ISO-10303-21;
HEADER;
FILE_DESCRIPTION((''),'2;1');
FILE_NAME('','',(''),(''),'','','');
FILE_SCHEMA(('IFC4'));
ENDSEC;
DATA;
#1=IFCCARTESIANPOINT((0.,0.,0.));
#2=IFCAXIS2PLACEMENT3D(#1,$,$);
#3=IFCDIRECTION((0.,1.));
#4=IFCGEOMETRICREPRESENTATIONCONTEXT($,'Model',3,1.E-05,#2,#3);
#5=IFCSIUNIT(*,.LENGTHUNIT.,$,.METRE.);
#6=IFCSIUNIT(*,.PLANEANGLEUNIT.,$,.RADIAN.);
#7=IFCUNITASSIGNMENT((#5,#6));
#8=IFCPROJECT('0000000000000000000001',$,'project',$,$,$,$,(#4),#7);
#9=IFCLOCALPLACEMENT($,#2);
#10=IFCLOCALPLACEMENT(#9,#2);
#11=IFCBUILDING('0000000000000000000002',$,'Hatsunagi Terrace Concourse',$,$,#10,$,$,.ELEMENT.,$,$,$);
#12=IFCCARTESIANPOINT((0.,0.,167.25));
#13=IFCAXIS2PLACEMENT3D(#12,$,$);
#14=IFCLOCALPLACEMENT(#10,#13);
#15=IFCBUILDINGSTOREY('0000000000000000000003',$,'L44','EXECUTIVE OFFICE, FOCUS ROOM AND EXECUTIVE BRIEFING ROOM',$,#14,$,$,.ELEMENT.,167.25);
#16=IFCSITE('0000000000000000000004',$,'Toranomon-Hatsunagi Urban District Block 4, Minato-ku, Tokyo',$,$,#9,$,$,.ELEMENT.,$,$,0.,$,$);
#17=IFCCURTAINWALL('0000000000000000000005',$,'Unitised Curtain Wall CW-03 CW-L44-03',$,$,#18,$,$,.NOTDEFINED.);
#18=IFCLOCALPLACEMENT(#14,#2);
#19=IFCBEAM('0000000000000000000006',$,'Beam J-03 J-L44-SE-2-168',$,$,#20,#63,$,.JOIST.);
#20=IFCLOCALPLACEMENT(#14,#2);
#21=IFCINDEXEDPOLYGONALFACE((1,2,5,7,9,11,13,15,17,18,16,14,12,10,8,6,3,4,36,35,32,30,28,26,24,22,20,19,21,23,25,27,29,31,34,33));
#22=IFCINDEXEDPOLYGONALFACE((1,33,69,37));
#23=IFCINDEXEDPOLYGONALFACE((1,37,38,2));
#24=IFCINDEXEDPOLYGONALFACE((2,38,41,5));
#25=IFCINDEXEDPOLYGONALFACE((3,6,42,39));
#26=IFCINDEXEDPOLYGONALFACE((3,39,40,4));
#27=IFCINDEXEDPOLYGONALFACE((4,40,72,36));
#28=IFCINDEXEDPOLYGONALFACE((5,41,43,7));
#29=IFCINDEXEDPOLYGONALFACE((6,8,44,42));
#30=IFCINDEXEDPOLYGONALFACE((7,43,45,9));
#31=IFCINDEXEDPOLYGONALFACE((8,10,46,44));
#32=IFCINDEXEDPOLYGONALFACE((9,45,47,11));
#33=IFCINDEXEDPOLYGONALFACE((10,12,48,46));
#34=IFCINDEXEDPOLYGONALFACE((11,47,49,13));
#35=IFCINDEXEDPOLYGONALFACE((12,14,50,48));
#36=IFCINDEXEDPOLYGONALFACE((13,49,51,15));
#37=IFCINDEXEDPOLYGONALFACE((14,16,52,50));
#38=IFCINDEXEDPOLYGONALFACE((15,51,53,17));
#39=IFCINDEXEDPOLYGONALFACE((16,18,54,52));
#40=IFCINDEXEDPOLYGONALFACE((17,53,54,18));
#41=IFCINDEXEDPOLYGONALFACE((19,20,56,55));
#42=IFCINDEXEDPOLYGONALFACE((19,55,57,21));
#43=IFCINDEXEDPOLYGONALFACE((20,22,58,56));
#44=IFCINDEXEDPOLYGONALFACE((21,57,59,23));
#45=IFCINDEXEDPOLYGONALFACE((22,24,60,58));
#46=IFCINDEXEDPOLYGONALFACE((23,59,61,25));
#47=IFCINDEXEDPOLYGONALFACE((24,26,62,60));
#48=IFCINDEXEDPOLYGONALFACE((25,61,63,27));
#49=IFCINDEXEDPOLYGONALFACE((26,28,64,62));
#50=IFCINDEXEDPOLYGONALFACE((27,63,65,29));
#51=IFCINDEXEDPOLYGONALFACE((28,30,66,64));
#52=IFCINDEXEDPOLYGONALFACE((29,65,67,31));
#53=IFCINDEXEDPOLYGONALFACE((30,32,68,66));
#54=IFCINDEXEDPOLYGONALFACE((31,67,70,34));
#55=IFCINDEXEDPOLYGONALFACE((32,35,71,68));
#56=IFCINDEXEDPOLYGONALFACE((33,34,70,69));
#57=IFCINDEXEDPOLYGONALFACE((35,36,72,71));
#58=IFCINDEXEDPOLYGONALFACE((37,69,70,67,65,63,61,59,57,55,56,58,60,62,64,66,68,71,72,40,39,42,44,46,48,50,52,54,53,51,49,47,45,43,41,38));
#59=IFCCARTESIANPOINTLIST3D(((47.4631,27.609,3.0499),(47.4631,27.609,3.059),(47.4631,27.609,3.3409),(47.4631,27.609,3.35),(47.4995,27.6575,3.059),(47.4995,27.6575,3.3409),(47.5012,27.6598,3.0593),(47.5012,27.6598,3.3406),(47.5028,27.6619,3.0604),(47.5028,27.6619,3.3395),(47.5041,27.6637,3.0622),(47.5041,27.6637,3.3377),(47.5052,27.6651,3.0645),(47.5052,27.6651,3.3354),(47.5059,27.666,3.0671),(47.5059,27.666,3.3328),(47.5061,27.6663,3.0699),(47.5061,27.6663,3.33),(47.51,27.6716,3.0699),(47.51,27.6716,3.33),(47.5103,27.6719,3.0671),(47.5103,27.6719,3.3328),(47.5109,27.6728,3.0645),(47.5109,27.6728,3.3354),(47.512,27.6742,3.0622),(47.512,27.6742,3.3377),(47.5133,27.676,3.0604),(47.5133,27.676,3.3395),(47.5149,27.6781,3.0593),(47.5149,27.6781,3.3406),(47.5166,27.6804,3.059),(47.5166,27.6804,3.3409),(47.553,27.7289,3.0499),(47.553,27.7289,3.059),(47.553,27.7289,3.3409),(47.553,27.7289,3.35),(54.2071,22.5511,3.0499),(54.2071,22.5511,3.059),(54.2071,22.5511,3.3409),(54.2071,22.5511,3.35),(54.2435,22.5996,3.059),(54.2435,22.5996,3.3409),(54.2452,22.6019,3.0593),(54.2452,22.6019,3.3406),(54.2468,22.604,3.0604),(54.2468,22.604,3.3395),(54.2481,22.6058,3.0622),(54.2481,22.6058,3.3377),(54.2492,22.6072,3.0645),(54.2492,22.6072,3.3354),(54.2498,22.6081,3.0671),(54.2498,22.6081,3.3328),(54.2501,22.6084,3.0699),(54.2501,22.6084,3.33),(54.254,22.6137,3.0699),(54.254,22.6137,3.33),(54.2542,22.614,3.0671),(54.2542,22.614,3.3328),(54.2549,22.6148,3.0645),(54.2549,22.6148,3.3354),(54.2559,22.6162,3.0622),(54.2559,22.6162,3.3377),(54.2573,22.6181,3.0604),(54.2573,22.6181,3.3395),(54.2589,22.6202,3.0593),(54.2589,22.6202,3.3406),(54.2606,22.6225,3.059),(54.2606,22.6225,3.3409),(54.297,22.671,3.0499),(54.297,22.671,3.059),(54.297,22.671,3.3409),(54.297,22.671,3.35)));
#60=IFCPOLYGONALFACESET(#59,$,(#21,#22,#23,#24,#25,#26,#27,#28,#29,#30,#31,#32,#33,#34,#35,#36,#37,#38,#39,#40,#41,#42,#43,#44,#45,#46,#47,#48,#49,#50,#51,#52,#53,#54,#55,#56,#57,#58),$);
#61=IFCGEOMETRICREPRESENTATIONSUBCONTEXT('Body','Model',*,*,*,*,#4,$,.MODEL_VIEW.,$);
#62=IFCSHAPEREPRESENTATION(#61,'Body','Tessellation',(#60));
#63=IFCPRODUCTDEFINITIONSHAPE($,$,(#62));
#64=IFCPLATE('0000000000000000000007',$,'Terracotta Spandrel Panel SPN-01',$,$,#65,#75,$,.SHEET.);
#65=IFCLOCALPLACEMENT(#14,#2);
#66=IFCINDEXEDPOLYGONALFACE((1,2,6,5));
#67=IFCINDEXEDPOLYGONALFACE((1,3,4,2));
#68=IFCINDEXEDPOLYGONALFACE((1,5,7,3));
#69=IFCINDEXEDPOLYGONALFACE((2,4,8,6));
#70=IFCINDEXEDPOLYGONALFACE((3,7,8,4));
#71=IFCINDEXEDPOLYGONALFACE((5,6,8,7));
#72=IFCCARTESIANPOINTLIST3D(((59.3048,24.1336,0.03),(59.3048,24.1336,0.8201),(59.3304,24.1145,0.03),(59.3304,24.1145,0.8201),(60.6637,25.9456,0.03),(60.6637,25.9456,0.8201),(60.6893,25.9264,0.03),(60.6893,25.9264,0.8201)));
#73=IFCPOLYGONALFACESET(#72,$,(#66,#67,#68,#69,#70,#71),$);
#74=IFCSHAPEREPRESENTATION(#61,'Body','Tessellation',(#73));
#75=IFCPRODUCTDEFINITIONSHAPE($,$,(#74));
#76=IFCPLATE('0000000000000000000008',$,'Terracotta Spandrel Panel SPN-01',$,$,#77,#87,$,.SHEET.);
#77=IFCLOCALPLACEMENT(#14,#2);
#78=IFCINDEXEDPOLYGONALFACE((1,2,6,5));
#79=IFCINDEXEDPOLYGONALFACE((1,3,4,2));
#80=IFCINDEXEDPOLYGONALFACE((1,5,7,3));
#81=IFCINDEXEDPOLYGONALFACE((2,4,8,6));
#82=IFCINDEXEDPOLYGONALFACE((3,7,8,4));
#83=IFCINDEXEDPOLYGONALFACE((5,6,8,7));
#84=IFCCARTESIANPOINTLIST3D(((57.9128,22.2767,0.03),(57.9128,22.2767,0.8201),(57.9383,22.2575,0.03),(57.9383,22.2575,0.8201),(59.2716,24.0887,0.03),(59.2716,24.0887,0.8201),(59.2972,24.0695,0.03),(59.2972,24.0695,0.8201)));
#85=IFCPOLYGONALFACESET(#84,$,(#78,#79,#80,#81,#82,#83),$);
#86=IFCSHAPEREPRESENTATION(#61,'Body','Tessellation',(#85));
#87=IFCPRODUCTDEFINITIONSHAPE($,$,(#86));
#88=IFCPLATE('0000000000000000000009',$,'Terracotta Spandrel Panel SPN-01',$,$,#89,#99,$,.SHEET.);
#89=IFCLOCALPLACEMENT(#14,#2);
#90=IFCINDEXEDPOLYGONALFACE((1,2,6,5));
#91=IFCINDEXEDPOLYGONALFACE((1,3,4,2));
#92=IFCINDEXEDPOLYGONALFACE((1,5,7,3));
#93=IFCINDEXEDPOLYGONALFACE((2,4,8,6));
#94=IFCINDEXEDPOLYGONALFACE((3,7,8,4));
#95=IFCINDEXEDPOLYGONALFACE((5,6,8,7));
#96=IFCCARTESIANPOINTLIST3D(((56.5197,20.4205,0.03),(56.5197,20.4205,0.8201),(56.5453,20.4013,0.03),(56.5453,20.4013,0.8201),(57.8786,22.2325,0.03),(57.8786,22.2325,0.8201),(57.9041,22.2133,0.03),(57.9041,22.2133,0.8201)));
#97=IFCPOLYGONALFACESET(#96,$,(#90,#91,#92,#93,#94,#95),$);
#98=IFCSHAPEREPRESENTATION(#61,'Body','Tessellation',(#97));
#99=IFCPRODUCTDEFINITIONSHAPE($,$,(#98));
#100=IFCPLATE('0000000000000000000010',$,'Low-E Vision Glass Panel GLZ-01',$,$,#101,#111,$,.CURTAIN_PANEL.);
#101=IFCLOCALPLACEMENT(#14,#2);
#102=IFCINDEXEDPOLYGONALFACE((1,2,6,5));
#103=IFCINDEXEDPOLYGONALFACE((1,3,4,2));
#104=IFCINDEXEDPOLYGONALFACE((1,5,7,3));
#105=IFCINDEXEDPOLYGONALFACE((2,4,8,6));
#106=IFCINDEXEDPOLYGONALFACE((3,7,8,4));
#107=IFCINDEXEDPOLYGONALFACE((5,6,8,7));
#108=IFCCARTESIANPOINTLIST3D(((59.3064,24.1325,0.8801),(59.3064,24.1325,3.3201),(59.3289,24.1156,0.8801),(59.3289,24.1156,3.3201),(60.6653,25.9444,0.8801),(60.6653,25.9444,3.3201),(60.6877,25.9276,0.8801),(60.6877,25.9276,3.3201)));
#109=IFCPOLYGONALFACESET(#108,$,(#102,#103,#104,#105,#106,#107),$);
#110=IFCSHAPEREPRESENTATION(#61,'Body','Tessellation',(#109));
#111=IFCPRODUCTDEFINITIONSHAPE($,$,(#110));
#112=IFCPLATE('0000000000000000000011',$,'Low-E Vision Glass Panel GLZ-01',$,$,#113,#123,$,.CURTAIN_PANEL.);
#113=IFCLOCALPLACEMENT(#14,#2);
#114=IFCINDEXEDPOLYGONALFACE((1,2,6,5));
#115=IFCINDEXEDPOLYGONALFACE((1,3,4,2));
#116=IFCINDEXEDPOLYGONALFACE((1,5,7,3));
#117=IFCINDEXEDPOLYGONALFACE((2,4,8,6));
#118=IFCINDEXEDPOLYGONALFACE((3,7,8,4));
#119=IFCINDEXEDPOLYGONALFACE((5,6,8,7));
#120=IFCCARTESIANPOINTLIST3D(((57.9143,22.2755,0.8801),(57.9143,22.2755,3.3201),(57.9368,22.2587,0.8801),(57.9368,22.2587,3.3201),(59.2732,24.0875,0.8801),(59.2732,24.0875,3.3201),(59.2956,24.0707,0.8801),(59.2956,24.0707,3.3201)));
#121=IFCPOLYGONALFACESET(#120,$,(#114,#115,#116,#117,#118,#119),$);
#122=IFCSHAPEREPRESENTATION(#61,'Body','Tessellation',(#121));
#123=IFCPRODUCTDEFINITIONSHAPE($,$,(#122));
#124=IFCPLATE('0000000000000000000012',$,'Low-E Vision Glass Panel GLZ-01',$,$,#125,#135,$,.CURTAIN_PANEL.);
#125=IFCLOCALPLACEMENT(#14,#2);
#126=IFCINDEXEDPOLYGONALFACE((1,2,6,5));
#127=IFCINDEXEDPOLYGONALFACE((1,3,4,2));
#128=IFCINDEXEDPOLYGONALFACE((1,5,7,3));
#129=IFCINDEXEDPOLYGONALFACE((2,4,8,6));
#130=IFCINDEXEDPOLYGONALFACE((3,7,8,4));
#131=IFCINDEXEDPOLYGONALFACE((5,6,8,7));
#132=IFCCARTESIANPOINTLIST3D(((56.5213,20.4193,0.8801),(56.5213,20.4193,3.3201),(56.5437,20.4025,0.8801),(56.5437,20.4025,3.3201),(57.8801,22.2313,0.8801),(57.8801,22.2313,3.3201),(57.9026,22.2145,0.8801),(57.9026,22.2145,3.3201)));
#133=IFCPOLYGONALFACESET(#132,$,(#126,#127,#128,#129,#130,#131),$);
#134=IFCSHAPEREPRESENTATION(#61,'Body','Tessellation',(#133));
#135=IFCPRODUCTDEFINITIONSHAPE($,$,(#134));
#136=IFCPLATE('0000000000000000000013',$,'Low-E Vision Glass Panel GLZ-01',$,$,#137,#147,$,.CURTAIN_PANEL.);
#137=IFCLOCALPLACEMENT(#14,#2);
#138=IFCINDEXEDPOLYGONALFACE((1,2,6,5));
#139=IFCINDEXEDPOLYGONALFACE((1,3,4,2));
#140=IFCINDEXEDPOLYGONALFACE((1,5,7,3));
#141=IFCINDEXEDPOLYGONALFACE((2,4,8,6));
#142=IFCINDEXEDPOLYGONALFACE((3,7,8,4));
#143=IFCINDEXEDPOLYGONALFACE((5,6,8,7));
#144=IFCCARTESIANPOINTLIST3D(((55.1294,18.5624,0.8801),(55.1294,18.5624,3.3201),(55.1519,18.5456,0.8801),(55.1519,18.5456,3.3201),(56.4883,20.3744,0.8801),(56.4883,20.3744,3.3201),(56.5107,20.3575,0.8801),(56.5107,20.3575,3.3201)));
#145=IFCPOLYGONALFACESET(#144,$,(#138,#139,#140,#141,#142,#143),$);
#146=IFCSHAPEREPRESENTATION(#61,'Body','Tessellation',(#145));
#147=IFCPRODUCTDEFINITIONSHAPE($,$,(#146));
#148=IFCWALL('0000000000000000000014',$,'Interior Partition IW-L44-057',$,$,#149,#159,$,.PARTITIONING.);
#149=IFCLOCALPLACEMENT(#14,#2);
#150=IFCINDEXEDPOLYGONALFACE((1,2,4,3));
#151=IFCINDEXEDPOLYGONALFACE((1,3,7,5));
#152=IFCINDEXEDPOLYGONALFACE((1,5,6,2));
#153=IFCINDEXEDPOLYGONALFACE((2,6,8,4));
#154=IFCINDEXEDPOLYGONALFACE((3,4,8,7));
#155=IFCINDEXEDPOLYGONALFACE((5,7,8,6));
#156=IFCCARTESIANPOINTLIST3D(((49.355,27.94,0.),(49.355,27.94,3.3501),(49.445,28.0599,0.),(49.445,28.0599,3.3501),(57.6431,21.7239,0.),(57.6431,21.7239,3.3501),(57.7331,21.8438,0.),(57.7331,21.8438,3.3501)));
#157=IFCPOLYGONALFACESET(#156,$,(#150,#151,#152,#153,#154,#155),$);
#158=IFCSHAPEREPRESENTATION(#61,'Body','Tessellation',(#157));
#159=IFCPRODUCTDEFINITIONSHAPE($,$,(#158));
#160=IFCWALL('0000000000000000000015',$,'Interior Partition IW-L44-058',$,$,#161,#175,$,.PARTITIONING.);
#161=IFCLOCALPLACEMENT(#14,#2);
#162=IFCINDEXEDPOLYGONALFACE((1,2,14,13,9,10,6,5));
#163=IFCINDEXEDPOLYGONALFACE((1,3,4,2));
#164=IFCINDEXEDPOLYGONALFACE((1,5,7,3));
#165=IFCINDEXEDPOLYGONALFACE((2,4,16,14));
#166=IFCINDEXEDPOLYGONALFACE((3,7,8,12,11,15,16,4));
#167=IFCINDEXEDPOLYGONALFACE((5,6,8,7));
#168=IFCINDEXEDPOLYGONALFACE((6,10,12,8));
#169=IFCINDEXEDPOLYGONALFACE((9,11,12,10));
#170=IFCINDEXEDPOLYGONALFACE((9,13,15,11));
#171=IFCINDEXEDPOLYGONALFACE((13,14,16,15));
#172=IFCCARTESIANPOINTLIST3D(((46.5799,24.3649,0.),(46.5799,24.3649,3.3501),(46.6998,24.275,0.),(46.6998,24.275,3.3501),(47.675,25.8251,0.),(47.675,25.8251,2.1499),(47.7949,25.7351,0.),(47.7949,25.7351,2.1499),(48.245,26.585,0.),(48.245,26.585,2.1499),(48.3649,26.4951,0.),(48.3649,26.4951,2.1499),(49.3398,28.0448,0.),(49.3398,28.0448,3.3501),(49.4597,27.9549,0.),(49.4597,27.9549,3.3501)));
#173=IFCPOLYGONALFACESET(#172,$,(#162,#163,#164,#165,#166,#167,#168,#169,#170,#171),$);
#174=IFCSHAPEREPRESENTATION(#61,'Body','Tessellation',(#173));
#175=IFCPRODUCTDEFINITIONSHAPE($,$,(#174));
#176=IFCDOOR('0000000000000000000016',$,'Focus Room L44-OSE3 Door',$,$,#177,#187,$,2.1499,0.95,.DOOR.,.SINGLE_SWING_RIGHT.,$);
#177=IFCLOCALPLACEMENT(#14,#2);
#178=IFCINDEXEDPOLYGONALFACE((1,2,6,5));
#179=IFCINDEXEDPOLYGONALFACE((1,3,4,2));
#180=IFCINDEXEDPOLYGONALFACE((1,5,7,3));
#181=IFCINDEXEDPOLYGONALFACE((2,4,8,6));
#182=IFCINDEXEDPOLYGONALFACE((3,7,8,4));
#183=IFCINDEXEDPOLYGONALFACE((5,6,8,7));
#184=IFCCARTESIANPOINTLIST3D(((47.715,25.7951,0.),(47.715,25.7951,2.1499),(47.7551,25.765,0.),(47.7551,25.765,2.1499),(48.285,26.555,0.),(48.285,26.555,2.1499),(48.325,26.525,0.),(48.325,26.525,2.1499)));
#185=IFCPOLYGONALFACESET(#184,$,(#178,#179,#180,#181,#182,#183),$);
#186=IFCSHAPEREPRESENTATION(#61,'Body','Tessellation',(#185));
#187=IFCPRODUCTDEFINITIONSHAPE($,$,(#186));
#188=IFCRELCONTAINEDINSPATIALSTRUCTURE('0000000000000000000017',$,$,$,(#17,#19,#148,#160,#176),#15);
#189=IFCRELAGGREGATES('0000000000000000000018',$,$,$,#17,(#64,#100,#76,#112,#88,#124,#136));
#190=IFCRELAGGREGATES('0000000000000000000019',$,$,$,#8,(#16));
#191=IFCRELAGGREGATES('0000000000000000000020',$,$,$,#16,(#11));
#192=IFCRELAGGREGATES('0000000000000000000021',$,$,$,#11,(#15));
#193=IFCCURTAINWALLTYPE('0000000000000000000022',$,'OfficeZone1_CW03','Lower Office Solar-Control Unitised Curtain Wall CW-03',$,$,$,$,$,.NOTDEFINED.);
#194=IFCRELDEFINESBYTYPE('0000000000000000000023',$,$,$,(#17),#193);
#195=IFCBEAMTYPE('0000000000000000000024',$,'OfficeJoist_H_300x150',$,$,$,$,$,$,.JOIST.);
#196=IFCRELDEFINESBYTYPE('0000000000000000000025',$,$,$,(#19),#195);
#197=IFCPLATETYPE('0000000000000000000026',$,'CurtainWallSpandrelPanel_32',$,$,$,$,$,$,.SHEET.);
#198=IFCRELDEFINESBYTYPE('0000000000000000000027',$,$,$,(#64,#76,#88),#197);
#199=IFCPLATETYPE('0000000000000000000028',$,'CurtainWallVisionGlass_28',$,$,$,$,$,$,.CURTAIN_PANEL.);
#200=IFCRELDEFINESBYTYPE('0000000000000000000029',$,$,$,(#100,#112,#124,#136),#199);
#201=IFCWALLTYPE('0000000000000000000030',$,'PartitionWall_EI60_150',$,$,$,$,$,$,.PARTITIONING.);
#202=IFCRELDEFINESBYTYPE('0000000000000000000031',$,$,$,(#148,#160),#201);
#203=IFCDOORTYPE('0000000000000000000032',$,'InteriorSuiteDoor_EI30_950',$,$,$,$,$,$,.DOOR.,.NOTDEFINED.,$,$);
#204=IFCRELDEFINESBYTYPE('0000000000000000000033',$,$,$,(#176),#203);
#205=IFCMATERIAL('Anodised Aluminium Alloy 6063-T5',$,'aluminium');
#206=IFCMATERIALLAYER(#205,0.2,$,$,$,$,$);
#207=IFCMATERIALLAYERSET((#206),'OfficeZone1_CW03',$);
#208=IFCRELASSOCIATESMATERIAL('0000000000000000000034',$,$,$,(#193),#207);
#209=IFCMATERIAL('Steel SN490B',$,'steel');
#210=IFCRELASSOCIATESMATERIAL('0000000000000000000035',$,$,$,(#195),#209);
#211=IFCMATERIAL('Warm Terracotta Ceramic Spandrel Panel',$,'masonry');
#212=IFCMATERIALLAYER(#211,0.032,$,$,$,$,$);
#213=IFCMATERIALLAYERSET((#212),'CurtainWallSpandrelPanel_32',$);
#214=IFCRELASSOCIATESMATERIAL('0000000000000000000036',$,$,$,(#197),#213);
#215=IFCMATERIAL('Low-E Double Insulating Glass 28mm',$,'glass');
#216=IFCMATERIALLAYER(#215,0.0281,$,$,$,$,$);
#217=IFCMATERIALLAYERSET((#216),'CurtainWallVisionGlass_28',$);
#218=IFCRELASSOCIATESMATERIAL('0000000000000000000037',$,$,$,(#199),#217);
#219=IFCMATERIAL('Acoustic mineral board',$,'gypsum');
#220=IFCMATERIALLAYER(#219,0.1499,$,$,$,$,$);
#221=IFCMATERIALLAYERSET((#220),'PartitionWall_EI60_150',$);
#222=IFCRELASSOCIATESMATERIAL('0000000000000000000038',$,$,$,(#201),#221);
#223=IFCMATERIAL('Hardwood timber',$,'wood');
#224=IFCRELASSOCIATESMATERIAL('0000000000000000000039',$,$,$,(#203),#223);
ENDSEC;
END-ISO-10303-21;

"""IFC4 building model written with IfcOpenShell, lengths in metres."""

from ifc_helpers import new_model, si_unit, direction, frame, frame_2d, origin, origin_2d, place, context, subcontext, project, spatial, rectangle, i_section, extrude, material, layer, layer_set, material_profile, profile_set, type_object, element, fill, aggregate, save


model = new_model("IFC4")

# Units and contexts
model_context = context("Model", 3, precision=1e-05, world=origin(), true_north=direction((0.0, 1.0)))
body_context = subcontext(model_context, "Body", "Model", "MODEL_VIEW")
ifc_project = project(units=[si_unit("LENGTHUNIT", "METRE"), si_unit("PLANEANGLEUNIT", "RADIAN")], contexts=[model_context])

# Site, building, storey
site_placement = place(None, origin())
site = spatial("IfcSite", under=ifc_project, at=site_placement, Name="Toranomon-Hatsunagi Urban District Block 4, Minato-ku, Tokyo", CompositionType="ELEMENT", RefElevation=0.0)
building_placement = place(site_placement, origin())
building = spatial("IfcBuilding", under=site, at=building_placement, Name="Hatsunagi Terrace Concourse", CompositionType="ELEMENT")
storey_placement = place(building_placement, frame((0.0, 0.0, 167.25)))
storey = spatial("IfcBuildingStorey", under=building, at=storey_placement, Name="L44", Description="EXECUTIVE OFFICE, FOCUS ROOM AND EXECUTIVE BRIEFING ROOM", CompositionType="ELEMENT", Elevation=167.25)

# Curtain wall
ifc_material_1 = material(Name="Anodised Aluminium Alloy 6063-T5", Category="aluminium")
ifc_layer_1 = layer(ifc_material_1, 0.2)
ifc_layer_set_1 = layer_set([ifc_layer_1], Name="OfficeZone1_CW03")
curtain_wall_type = type_object("IfcCurtainWallType", Name="OfficeZone1_CW03", Description="Lower Office Solar-Control Unitised Curtain Wall CW-03", PredefinedType="NOTDEFINED", material=ifc_layer_set_1)
curtain_wall_placement = place(storey_placement, origin())
curtain_wall = element("IfcCurtainWall", 1, at=curtain_wall_placement, inside=storey, type_object=curtain_wall_type, Name="Unitised Curtain Wall CW-03 CW-L44-03", PredefinedType="NOTDEFINED")

# Beam
ifc_material_2 = material(Name="Steel SN490B", Category="steel")
ifc_material_profile_1 = material_profile(ifc_material_2, i_section(OverallWidth=0.1499, OverallDepth=0.3, WebThickness=0.0066, FlangeThickness=0.009, FilletRadius=0.011, at=origin_2d()), Name="H-300x150x6.5x9")
ifc_profile_set_1 = profile_set([ifc_material_profile_1], Name="Steel SN490B")
beam_type = type_object("IfcBeamType", Name="OfficeJoist_H_300x150", PredefinedType="JOIST", material=ifc_profile_set_1)
beam_placement = place(storey_placement, frame((47.5081, 27.6689, 3.2), z_axis=(0.800003, -0.599995, 0.0), x_axis=(0.599995, 0.800003, 0.0)))
element("IfcBeam", 2, at=beam_placement, inside=storey, type_object=beam_type, Name="Beam J-03 J-L44-SE-2-168", PredefinedType="JOIST", context=body_context, shape_type="SweptSolid", body=[
    extrude(i_section(OverallWidth=0.1499, OverallDepth=0.3, WebThickness=0.0066, FlangeThickness=0.009, FilletRadius=0.011, at=origin_2d()), origin(), (0.0, 0.0, 1.0), 8.4299),
])

# Plates
ifc_material_3 = material(Name="Warm Terracotta Ceramic Spandrel Panel", Category="masonry")
ifc_layer_2 = layer(ifc_material_3, 0.032)
ifc_layer_set_2 = layer_set([ifc_layer_2], Name="CurtainWallSpandrelPanel_32")
plate_type_1 = type_object("IfcPlateType", Name="CurtainWallSpandrelPanel_32", PredefinedType="SHEET", material=ifc_layer_set_2)
plate_1_placement = place(storey_placement, frame((59.9971, 25.03, 0.03), z_axis=(0.0, 0.0, 1.0), x_axis=(-0.599969, -0.800023, 0.0)))
plate_1 = element("IfcPlate", 3, at=plate_1_placement, type_object=plate_type_1, Name="Terracotta Spandrel Panel SPN-01", PredefinedType="SHEET", context=body_context, shape_type="SweptSolid", body=[
    extrude(rectangle(XDim=2.2649, YDim=0.032, at=origin_2d()), origin(), (0.0, 0.0, 1.0), 0.79),
])
plate_2_placement = place(storey_placement, frame((58.605, 23.1731, 0.03), z_axis=(0.0, 0.0, 1.0), x_axis=(-0.599969, -0.800023, 0.0)))
plate_2 = element("IfcPlate", 4, at=plate_2_placement, type_object=plate_type_1, Name="Terracotta Spandrel Panel SPN-01", PredefinedType="SHEET", context=body_context, shape_type="SweptSolid", body=[
    extrude(rectangle(XDim=2.2649, YDim=0.032, at=origin_2d()), origin(), (0.0, 0.0, 1.0), 0.79),
])
plate_3_placement = place(storey_placement, frame((57.2119, 21.3169, 0.03), z_axis=(0.0, 0.0, 1.0), x_axis=(-0.599969, -0.800023, 0.0)))
plate_3 = element("IfcPlate", 5, at=plate_3_placement, type_object=plate_type_1, Name="Terracotta Spandrel Panel SPN-01", PredefinedType="SHEET", context=body_context, shape_type="SweptSolid", body=[
    extrude(rectangle(XDim=2.2649, YDim=0.032, at=origin_2d()), origin(), (0.0, 0.0, 1.0), 0.79),
])
ifc_material_4 = material(Name="Low-E Double Insulating Glass 28mm", Category="glass")
ifc_layer_3 = layer(ifc_material_4, 0.0281)
ifc_layer_set_3 = layer_set([ifc_layer_3], Name="CurtainWallVisionGlass_28")
plate_type_2 = type_object("IfcPlateType", Name="CurtainWallVisionGlass_28", PredefinedType="CURTAIN_PANEL", material=ifc_layer_set_3)
plate_4_placement = place(storey_placement, frame((59.9971, 25.03, 0.8801), z_axis=(0.0, 0.0, 1.0), x_axis=(-0.599969, -0.800023, 0.0)))
plate_4 = element("IfcPlate", 6, at=plate_4_placement, type_object=plate_type_2, Name="Low-E Vision Glass Panel GLZ-01", PredefinedType="CURTAIN_PANEL", context=body_context, shape_type="SweptSolid", body=[
    extrude(rectangle(XDim=2.2649, YDim=0.0281, at=origin_2d()), origin(), (0.0, 0.0, 1.0), 2.4399),
])
plate_5_placement = place(storey_placement, frame((58.605, 23.1731, 0.8801), z_axis=(0.0, 0.0, 1.0), x_axis=(-0.599969, -0.800023, 0.0)))
plate_5 = element("IfcPlate", 7, at=plate_5_placement, type_object=plate_type_2, Name="Low-E Vision Glass Panel GLZ-01", PredefinedType="CURTAIN_PANEL", context=body_context, shape_type="SweptSolid", body=[
    extrude(rectangle(XDim=2.2649, YDim=0.0281, at=origin_2d()), origin(), (0.0, 0.0, 1.0), 2.4399),
])
plate_6_placement = place(storey_placement, frame((57.2119, 21.3169, 0.8801), z_axis=(0.0, 0.0, 1.0), x_axis=(-0.599969, -0.800023, 0.0)))
plate_6 = element("IfcPlate", 8, at=plate_6_placement, type_object=plate_type_2, Name="Low-E Vision Glass Panel GLZ-01", PredefinedType="CURTAIN_PANEL", context=body_context, shape_type="SweptSolid", body=[
    extrude(rectangle(XDim=2.2649, YDim=0.0281, at=origin_2d()), origin(), (0.0, 0.0, 1.0), 2.4399),
])
plate_7_placement = place(storey_placement, frame((55.8201, 19.46, 0.8801), z_axis=(0.0, 0.0, 1.0), x_axis=(-0.599969, -0.800023, 0.0)))
plate_7 = element("IfcPlate", 9, at=plate_7_placement, type_object=plate_type_2, Name="Low-E Vision Glass Panel GLZ-01", PredefinedType="CURTAIN_PANEL", context=body_context, shape_type="SweptSolid", body=[
    extrude(rectangle(XDim=2.2649, YDim=0.0281, at=origin_2d()), origin(), (0.0, 0.0, 1.0), 2.4399),
])
aggregate(curtain_wall, [plate_1, plate_4, plate_2, plate_5, plate_3, plate_6, plate_7])

# Wall
ifc_material_5 = material(Name="Acoustic mineral board", Category="gypsum")
ifc_layer_4 = layer(ifc_material_5, 0.1499)
ifc_layer_set_4 = layer_set([ifc_layer_4], Name="PartitionWall_EI60_150")
wall_type = type_object("IfcWallType", Name="PartitionWall_EI60_150", PredefinedType="PARTITIONING", material=ifc_layer_set_4)
wall_1_placement = place(storey_placement, frame((49.3999, 28.0, 0.0), z_axis=(0.0, 0.0, 1.0), x_axis=(0.8, -0.6, 0.0)))
element("IfcWall", 10, at=wall_1_placement, inside=storey, type_object=wall_type, Name="Interior Partition IW-L44-057", PredefinedType="PARTITIONING", context=body_context, shape_type="SweptSolid", body=[
    extrude(rectangle(XDim=10.3601, YDim=0.1499, at=frame_2d((5.1802, 0.0))), origin(), (0.0, 0.0, 1.0), 3.3501),
])

# Wall, opening, door
wall_2_placement = place(storey_placement, frame((46.6399, 24.3201, 0.0), z_axis=(0.0, 0.0, 1.0), x_axis=(0.600008, 0.799994, 0.0)))
wall_2 = element("IfcWall", 11, at=wall_2_placement, inside=storey, type_object=wall_type, Name="Interior Partition IW-L44-058", PredefinedType="PARTITIONING", context=body_context, shape_type="SweptSolid", body=[
    extrude(rectangle(XDim=4.5999, YDim=0.1499, at=frame_2d((2.2998, 0.0))), origin(), (0.0, 0.0, 1.0), 3.3501),
])
opening_1_placement = place(wall_2_placement, frame((1.825, 0.0, 0.0)))
opening_1 = element("IfcOpeningElement", 12, at=opening_1_placement, cuts=wall_2, PredefinedType="OPENING", context=body_context, shape_type="SweptSolid", body=[
    extrude(rectangle(XDim=0.95, YDim=2.1499, at=frame_2d((0.4751, 1.075))), frame((0.0, 0.085, 0.0), z_axis=(0.0, -1.0, 0.0), x_axis=(1.0, 0.0, 0.0)), (0.0, 0.0, 1.0), 0.1699),
])
ifc_material_6 = material(Name="Hardwood timber", Category="wood")
door_type = type_object("IfcDoorType", Name="InteriorSuiteDoor_EI30_950", OperationType="NOTDEFINED", PredefinedType="DOOR", material=ifc_material_6)
door_1_placement = place(opening_1_placement, origin())
door_1 = element("IfcDoor", 13, at=door_1_placement, inside=storey, type_object=door_type, Name="Focus Room L44-OSE3 Door", OperationType="SINGLE_SWING_RIGHT", OverallHeight=2.1499, OverallWidth=0.95, PredefinedType="DOOR", context=body_context, shape_type="SweptSolid", body=[
    extrude(rectangle(XDim=0.95, YDim=2.1499, at=frame_2d((0.4751, 1.075))), frame((0.0, 0.0249, 0.0), z_axis=(0.0, -1.0, 0.0), x_axis=(1.0, 0.0, 0.0)), (0.0, 0.0, 1.0), 0.05),
])
fill(opening_1, door_1)

save(model, "model.ifc")
